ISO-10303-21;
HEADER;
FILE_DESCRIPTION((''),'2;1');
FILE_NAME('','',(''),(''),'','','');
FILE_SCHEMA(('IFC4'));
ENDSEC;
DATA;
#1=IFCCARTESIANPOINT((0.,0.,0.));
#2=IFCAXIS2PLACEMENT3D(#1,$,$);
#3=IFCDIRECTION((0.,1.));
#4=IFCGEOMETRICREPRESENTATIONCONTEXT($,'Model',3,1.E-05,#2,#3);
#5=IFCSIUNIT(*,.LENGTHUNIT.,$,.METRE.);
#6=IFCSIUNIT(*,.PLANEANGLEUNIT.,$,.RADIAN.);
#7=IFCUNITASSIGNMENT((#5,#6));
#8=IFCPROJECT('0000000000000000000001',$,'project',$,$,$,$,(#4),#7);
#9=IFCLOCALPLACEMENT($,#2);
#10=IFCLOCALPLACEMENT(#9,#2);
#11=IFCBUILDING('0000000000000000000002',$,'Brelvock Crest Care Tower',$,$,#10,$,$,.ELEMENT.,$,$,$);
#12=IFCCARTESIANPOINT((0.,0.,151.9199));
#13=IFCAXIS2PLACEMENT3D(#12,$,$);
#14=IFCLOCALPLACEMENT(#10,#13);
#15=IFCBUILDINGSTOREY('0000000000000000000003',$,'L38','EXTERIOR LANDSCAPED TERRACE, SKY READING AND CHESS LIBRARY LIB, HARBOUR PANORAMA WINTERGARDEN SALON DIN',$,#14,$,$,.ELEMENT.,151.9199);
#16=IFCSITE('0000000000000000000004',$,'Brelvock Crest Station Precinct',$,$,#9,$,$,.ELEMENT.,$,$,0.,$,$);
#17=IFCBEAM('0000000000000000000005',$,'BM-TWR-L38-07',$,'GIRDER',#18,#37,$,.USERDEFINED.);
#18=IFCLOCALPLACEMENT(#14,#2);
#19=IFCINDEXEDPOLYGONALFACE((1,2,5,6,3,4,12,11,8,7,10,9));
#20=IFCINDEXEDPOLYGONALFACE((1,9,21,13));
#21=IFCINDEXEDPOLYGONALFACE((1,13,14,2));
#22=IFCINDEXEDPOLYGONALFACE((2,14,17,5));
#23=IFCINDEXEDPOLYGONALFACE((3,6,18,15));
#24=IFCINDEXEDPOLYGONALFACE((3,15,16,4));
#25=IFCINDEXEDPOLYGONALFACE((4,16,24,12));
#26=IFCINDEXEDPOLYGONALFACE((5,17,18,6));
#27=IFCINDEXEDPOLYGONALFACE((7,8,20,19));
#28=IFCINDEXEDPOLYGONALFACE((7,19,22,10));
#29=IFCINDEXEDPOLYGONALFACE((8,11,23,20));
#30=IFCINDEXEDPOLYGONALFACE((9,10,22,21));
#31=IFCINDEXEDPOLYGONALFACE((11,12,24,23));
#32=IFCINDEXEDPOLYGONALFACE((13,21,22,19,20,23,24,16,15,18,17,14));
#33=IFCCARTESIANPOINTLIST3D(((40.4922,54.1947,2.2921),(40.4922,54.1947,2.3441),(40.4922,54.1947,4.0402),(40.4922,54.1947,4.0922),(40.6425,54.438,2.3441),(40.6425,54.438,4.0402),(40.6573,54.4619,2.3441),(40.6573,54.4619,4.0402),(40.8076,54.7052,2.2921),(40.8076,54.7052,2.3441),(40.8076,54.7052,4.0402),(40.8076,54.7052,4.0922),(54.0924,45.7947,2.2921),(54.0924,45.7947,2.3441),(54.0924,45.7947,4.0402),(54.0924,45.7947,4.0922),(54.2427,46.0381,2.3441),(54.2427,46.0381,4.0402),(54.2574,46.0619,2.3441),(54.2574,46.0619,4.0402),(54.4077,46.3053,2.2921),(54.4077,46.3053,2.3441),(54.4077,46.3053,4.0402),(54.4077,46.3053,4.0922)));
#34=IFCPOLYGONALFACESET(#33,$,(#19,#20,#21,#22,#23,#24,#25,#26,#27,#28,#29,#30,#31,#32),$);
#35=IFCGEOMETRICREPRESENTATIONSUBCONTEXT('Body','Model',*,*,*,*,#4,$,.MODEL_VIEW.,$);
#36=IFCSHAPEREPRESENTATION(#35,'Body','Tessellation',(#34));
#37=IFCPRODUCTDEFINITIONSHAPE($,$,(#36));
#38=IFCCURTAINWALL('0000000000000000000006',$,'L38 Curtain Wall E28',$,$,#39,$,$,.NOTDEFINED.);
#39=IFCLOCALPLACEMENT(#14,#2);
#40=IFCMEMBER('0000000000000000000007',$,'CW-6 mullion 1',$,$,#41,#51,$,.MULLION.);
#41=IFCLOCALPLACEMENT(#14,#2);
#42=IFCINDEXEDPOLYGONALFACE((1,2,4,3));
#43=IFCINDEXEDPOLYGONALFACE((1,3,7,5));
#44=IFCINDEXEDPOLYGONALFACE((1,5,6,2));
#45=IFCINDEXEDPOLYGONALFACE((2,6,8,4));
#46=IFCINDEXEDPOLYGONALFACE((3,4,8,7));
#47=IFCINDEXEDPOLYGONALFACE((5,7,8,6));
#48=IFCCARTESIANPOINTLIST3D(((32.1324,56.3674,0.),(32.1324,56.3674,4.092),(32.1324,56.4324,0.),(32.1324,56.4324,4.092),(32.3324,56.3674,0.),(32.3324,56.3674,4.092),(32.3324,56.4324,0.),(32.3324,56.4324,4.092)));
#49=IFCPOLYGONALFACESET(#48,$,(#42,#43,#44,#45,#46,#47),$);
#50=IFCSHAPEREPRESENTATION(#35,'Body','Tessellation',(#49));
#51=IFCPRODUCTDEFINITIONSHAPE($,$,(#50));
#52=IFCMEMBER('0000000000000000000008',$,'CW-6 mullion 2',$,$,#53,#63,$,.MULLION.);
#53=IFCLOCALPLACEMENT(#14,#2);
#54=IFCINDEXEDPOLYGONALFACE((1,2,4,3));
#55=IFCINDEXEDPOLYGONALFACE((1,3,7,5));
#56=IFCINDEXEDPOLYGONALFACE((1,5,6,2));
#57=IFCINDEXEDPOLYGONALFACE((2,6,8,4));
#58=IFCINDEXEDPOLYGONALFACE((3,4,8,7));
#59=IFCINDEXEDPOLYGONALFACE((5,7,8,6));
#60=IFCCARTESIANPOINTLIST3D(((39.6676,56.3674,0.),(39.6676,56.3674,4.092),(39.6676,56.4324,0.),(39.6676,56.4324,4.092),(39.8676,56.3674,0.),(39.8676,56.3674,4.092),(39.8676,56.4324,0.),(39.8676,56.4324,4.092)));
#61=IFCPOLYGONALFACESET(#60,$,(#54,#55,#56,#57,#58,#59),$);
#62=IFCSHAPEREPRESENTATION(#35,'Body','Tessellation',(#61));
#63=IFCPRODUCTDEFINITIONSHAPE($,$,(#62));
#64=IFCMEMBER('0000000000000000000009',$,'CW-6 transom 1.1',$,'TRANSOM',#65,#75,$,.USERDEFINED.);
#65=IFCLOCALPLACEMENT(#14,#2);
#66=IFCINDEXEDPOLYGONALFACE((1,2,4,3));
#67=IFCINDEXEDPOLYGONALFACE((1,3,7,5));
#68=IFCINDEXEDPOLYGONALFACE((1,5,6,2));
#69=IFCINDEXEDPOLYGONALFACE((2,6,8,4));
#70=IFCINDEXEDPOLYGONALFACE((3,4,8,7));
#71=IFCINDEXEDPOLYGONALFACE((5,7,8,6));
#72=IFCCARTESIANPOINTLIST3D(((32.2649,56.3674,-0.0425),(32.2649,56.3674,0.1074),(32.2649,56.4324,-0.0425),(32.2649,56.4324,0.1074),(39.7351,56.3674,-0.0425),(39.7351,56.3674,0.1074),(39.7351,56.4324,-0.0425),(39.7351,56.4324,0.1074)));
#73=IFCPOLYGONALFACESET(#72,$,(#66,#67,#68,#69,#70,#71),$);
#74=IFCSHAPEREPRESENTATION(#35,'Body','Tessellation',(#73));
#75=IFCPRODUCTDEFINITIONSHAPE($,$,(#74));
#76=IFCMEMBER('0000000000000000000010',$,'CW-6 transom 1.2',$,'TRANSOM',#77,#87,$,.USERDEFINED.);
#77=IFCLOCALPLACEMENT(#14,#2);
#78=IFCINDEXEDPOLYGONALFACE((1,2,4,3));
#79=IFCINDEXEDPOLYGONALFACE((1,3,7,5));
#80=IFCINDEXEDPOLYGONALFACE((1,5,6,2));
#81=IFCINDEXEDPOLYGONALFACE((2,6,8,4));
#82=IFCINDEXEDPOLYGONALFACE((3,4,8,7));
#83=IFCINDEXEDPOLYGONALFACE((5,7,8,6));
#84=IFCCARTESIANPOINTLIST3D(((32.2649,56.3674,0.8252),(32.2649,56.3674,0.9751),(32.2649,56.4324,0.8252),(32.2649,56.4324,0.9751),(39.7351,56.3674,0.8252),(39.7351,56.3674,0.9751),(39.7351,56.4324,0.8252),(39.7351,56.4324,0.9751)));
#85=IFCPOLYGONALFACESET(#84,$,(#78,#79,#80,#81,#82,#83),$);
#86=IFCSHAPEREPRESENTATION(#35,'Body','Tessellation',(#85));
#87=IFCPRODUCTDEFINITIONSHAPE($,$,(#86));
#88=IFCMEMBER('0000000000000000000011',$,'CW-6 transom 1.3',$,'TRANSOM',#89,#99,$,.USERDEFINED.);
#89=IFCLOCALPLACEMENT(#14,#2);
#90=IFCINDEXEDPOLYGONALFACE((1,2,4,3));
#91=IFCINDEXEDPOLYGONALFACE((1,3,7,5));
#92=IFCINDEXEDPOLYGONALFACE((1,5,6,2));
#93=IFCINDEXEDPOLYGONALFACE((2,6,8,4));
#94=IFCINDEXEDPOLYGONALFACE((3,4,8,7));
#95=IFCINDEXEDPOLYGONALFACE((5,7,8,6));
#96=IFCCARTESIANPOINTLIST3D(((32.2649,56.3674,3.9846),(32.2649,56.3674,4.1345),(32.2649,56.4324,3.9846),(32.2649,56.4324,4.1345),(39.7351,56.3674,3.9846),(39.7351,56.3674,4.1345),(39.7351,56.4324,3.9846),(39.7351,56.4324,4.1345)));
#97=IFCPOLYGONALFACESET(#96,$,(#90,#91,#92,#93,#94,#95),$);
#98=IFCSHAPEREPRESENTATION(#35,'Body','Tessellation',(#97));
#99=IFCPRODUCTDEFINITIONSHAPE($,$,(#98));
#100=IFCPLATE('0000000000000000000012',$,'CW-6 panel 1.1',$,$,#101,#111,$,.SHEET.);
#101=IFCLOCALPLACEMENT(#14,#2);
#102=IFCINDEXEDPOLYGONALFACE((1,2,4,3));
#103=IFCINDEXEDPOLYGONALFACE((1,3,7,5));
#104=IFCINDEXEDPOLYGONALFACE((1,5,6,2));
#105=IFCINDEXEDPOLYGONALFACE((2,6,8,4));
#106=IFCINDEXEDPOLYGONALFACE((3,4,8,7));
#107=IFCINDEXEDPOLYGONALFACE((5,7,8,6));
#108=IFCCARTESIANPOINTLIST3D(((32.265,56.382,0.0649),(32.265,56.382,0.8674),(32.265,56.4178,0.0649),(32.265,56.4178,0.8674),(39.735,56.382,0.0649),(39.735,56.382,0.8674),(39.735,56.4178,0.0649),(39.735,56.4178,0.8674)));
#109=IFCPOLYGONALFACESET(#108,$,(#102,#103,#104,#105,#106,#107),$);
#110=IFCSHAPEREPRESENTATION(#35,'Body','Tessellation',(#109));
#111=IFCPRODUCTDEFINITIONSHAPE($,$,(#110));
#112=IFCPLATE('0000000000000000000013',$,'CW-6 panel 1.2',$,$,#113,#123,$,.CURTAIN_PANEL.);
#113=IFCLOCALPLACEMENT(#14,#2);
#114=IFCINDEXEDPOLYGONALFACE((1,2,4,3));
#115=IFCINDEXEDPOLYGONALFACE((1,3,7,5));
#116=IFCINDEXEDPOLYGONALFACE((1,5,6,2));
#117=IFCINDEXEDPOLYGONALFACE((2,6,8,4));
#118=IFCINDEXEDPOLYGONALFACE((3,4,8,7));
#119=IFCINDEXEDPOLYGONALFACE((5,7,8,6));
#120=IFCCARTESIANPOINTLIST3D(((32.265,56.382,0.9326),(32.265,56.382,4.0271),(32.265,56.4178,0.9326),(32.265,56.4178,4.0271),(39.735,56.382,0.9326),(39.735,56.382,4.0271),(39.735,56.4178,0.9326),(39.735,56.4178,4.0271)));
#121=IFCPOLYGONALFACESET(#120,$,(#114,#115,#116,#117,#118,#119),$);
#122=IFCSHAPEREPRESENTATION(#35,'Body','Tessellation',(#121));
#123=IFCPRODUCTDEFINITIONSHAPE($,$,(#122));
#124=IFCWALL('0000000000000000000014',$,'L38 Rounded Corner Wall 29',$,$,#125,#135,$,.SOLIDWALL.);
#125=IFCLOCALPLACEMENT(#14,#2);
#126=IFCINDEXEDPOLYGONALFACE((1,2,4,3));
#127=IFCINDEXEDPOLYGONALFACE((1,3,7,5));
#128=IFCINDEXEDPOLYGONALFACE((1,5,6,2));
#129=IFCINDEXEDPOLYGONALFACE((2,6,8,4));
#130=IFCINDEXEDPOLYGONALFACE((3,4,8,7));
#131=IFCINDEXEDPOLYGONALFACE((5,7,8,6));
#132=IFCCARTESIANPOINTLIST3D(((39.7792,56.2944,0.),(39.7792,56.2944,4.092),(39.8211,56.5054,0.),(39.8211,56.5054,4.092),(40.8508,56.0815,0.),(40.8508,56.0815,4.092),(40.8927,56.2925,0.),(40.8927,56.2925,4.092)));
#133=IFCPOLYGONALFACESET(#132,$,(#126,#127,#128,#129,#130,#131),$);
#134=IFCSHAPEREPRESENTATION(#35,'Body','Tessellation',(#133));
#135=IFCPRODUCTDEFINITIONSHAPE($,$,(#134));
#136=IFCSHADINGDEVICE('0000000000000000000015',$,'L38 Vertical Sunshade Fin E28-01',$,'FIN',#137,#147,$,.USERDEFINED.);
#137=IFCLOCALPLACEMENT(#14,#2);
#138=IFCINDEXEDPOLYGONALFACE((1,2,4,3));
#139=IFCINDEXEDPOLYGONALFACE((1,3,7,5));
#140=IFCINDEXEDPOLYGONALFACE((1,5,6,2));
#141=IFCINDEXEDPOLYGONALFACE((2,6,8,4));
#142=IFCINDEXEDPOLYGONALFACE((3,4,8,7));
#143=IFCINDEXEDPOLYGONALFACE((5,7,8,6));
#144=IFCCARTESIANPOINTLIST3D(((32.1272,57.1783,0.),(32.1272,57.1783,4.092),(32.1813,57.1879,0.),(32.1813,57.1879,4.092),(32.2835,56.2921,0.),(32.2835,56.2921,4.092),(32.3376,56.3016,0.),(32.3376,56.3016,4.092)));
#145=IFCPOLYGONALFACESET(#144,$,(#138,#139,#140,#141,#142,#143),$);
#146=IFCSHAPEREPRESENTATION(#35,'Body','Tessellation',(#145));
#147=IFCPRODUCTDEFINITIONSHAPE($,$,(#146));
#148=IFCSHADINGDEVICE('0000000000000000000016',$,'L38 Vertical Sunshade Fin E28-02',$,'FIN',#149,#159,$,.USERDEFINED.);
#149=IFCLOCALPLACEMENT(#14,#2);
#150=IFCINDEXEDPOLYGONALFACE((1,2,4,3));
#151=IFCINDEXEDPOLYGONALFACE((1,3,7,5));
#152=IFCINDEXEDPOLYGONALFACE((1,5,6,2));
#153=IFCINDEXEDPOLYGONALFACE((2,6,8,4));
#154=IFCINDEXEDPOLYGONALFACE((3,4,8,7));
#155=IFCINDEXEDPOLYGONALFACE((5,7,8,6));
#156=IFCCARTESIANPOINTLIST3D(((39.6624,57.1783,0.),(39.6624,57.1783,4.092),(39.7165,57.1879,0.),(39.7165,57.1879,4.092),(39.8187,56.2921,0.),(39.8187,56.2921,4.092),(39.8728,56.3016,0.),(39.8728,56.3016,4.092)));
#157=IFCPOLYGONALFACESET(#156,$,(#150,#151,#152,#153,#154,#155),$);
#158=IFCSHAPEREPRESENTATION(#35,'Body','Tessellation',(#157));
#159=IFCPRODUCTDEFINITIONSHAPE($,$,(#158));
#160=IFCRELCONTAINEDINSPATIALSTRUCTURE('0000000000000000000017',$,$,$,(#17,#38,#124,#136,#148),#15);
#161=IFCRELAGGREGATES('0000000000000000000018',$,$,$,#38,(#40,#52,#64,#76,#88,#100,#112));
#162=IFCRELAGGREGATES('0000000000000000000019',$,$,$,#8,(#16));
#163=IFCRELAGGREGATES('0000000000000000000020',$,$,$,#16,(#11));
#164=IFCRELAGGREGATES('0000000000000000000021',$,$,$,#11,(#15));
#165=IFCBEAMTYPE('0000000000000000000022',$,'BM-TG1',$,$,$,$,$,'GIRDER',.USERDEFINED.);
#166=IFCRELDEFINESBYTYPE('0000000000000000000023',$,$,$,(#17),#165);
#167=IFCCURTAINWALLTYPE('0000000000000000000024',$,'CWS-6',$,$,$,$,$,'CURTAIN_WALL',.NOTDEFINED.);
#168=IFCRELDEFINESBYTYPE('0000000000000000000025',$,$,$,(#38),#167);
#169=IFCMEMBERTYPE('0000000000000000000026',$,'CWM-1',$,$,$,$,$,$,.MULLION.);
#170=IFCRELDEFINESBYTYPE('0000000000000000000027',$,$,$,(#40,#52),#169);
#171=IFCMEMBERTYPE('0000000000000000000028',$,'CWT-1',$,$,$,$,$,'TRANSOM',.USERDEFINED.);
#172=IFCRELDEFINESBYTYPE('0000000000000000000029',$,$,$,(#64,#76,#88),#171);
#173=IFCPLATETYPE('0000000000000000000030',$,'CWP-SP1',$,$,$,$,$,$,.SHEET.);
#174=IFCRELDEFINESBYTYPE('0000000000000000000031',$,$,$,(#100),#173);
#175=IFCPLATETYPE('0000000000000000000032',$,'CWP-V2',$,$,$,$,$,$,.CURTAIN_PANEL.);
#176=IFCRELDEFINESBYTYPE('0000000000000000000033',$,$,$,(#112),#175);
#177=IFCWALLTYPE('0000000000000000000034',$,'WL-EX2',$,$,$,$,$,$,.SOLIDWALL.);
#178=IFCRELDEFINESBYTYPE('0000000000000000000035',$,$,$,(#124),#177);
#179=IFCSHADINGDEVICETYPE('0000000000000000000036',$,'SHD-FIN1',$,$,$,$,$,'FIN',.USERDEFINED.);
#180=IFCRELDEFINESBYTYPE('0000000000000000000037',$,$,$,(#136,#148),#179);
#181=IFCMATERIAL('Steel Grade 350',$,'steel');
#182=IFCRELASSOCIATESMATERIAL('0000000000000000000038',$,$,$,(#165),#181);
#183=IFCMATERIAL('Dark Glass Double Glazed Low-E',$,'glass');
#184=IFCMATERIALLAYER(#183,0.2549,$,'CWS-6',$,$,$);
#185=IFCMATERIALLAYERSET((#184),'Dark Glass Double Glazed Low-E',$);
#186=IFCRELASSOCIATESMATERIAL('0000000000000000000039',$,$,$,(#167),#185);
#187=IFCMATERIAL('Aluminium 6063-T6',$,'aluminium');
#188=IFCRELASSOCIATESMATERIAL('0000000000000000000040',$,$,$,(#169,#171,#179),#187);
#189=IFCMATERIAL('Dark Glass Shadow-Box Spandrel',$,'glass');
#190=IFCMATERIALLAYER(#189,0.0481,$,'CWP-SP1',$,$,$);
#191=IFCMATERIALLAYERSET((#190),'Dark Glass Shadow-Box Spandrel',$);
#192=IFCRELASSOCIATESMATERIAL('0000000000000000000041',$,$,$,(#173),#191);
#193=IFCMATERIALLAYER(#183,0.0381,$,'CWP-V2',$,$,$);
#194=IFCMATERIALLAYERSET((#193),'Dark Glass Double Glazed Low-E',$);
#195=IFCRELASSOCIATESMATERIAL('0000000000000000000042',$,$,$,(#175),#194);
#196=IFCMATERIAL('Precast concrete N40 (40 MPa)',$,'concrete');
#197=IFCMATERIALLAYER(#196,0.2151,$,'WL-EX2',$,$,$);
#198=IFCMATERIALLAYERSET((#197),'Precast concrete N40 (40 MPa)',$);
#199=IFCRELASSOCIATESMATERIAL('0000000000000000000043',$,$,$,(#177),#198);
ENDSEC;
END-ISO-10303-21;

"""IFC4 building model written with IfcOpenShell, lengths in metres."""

from ifc_helpers import new_model, si_unit, direction, frame, frame_2d, origin, origin_2d, place, context, subcontext, project, spatial, rectangle, i_section, extrude, source, transform, mapped, material, layer, layer_set, material_profile, profile_set, type_object, element, aggregate, save


model = new_model("IFC4")

# Units and contexts
model_context = context("Model", 3, precision=1e-05, world=origin(), true_north=direction((0.0, 1.0)))
body_context = subcontext(model_context, "Body", "Model", "MODEL_VIEW")
ifc_project = project(units=[si_unit("LENGTHUNIT", "METRE"), si_unit("PLANEANGLEUNIT", "RADIAN")], contexts=[model_context])

# Site, building, storey
site_placement = place(None, origin())
site = spatial("IfcSite", under=ifc_project, at=site_placement, Name="Brelvock Crest Station Precinct", CompositionType="ELEMENT", RefElevation=0.0)
building_placement = place(site_placement, origin())
building = spatial("IfcBuilding", under=site, at=building_placement, Name="Brelvock Crest Care Tower", CompositionType="ELEMENT")
storey_placement = place(building_placement, frame((0.0, 0.0, 151.9199)))
storey = spatial("IfcBuildingStorey", under=building, at=storey_placement, Name="L38", Description="EXTERIOR LANDSCAPED TERRACE, SKY READING AND CHESS LIBRARY LIB, HARBOUR PANORAMA WINTERGARDEN SALON DIN", CompositionType="ELEMENT", Elevation=151.9199)

# Shared definitions
ifc_material_1 = material(Name="Steel Grade 350", Category="steel")

# Beam
ifc_material_profile_1 = material_profile(ifc_material_1, i_section(OverallWidth=0.6001, OverallDepth=1.8, WebThickness=0.0281, FlangeThickness=0.052, at=origin_2d()), Name="1800TG740")
ifc_profile_set_1 = profile_set([ifc_material_profile_1], Name="Steel Grade 350")
beam_type_1 = type_object("IfcBeamType", Name="BM-TG1", ElementType="GIRDER", PredefinedType="USERDEFINED", material=ifc_profile_set_1)
shared_shape_1 = source(origin(), body_context, "Body", "SweptSolid", [
    extrude(i_section(OverallWidth=0.6001, OverallDepth=1.8, WebThickness=0.0281, FlangeThickness=0.052, at=origin_2d()), origin(), (0.0, 0.0, 1.0), 15.9851),
])
beam_placement = place(storey_placement, frame((40.6499, 54.45, 3.1921), z_axis=(0.850802, -0.525486, 0.0), x_axis=(0.525486, 0.850802, 0.0)))
element("IfcBeam", 1, at=beam_placement, inside=storey, type_object=beam_type_1, Name="BM-TWR-L38-07", ObjectType="GIRDER", PredefinedType="USERDEFINED", context=body_context, shape_type="MappedRepresentation", body=[
    mapped(shared_shape_1, transform((0.0, 0.0, 0.0), x_axis=(1.0, 0.0, 0.0), y_axis=(0.0, 1.0, 0.0), z_axis=(0.0, 0.0, 1.0), scale=1.0)),
])

# Curtain wall, members, plates
ifc_material_2 = material(Name="Dark Glass Double Glazed Low-E", Category="glass")
ifc_layer_1 = layer(ifc_material_2, 0.2549, Name="CWS-6")
ifc_layer_set_1 = layer_set([ifc_layer_1], Name="Dark Glass Double Glazed Low-E")
curtain_wall_type = type_object("IfcCurtainWallType", Name="CWS-6", ElementType="CURTAIN_WALL", PredefinedType="NOTDEFINED", material=ifc_layer_set_1)
curtain_wall_placement = place(storey_placement, origin())
curtain_wall = element("IfcCurtainWall", 2, at=curtain_wall_placement, inside=storey, type_object=curtain_wall_type, Name="L38 Curtain Wall E28", PredefinedType="NOTDEFINED")
ifc_material_3 = material(Name="Aluminium 6063-T6", Category="aluminium")
ifc_material_profile_2 = material_profile(ifc_material_3, rectangle(XDim=0.0649, YDim=0.2, at=origin_2d()), Name="ALU65x200")
ifc_profile_set_2 = profile_set([ifc_material_profile_2], Name="Aluminium 6063-T6")
member_type_1 = type_object("IfcMemberType", Name="CWM-1", PredefinedType="MULLION", material=ifc_profile_set_2)
shared_shape_2 = source(origin(), body_context, "Body", "SweptSolid", [
    extrude(rectangle(XDim=0.0649, YDim=0.2, at=origin_2d()), origin(), (0.0, 0.0, 1.0), 4.092),
])
member_1_placement = place(storey_placement, frame((32.2324, 56.3999, 0.0), z_axis=(0.0, 0.0, 1.0), x_axis=(0.0, 1.0, 0.0)))
member_1 = element("IfcMember", 3, at=member_1_placement, type_object=member_type_1, Name="CW-6 mullion 1", PredefinedType="MULLION", context=body_context, shape_type="MappedRepresentation", body=[
    mapped(shared_shape_2, transform((0.0, 0.0, 0.0), x_axis=(1.0, 0.0, 0.0), y_axis=(0.0, 1.0, 0.0), z_axis=(0.0, 0.0, 1.0), scale=1.0)),
])
member_2_placement = place(storey_placement, frame((39.7676, 56.3999, 0.0), z_axis=(0.0, 0.0, 1.0), x_axis=(0.0, 1.0, 0.0)))
member_2 = element("IfcMember", 4, at=member_2_placement, type_object=member_type_1, Name="CW-6 mullion 2", PredefinedType="MULLION", context=body_context, shape_type="MappedRepresentation", body=[
    mapped(shared_shape_2, transform((0.0, 0.0, 0.0), x_axis=(1.0, 0.0, 0.0), y_axis=(0.0, 1.0, 0.0), z_axis=(0.0, 0.0, 1.0), scale=1.0)),
])
ifc_material_profile_3 = material_profile(ifc_material_3, rectangle(XDim=0.0649, YDim=0.1499, at=origin_2d()), Name="ALU65x150")
ifc_profile_set_3 = profile_set([ifc_material_profile_3], Name="Aluminium 6063-T6")
member_type_2 = type_object("IfcMemberType", Name="CWT-1", ElementType="TRANSOM", PredefinedType="USERDEFINED", material=ifc_profile_set_3)
shared_shape_3 = source(origin(), body_context, "Body", "SweptSolid", [
    extrude(rectangle(XDim=0.0649, YDim=0.1499, at=origin_2d()), origin(), (0.0, 0.0, 1.0), 7.4702),
])
member_3_placement = place(storey_placement, frame((32.2649, 56.3999, 0.0325), z_axis=(1.0, 0.0, 0.0), x_axis=(0.0, 1.0, 0.0)))
member_3 = element("IfcMember", 5, at=member_3_placement, type_object=member_type_2, Name="CW-6 transom 1.1", ObjectType="TRANSOM", PredefinedType="USERDEFINED", context=body_context, shape_type="MappedRepresentation", body=[
    mapped(shared_shape_3, transform((0.0, 0.0, 0.0), x_axis=(1.0, 0.0, 0.0), y_axis=(0.0, 1.0, 0.0), z_axis=(0.0, 0.0, 1.0), scale=1.0)),
])
member_4_placement = place(storey_placement, frame((32.2649, 56.3999, 0.9001), z_axis=(1.0, 0.0, 0.0), x_axis=(0.0, 1.0, 0.0)))
member_4 = element("IfcMember", 6, at=member_4_placement, type_object=member_type_2, Name="CW-6 transom 1.2", ObjectType="TRANSOM", PredefinedType="USERDEFINED", context=body_context, shape_type="MappedRepresentation", body=[
    mapped(shared_shape_3, transform((0.0, 0.0, 0.0), x_axis=(1.0, 0.0, 0.0), y_axis=(0.0, 1.0, 0.0), z_axis=(0.0, 0.0, 1.0), scale=1.0)),
])
member_5_placement = place(storey_placement, frame((32.2649, 56.3999, 4.0596), z_axis=(1.0, 0.0, 0.0), x_axis=(0.0, 1.0, 0.0)))
member_5 = element("IfcMember", 7, at=member_5_placement, type_object=member_type_2, Name="CW-6 transom 1.3", ObjectType="TRANSOM", PredefinedType="USERDEFINED", context=body_context, shape_type="MappedRepresentation", body=[
    mapped(shared_shape_3, transform((0.0, 0.0, 0.0), x_axis=(1.0, 0.0, 0.0), y_axis=(0.0, 1.0, 0.0), z_axis=(0.0, 0.0, 1.0), scale=1.0)),
])
ifc_material_4 = material(Name="Dark Glass Shadow-Box Spandrel", Category="glass")
ifc_layer_2 = layer(ifc_material_4, 0.0481, Name="CWP-SP1")
ifc_layer_set_2 = layer_set([ifc_layer_2], Name="Dark Glass Shadow-Box Spandrel")
plate_type_1 = type_object("IfcPlateType", Name="CWP-SP1", PredefinedType="SHEET", material=ifc_layer_set_2)
shared_shape_4 = source(origin(), body_context, "Body", "SweptSolid", [
    extrude(rectangle(XDim=7.47, YDim=0.0359, at=origin_2d()), origin(), (0.0, 0.0, 1.0), 0.8025),
])
plate_1_placement = place(storey_placement, frame((36.0, 56.3999, 0.0649), z_axis=(0.0, 0.0, 1.0), x_axis=(1.0, 0.0, 0.0)))
plate_1 = element("IfcPlate", 8, at=plate_1_placement, type_object=plate_type_1, Name="CW-6 panel 1.1", PredefinedType="SHEET", context=body_context, shape_type="MappedRepresentation", body=[
    mapped(shared_shape_4, transform((0.0, 0.0, 0.0), x_axis=(1.0, 0.0, 0.0), y_axis=(0.0, 1.0, 0.0), z_axis=(0.0, 0.0, 1.0), scale=1.0)),
])
ifc_layer_3 = layer(ifc_material_2, 0.0381, Name="CWP-V2")
ifc_layer_set_3 = layer_set([ifc_layer_3], Name="Dark Glass Double Glazed Low-E")
plate_type_2 = type_object("IfcPlateType", Name="CWP-V2", PredefinedType="CURTAIN_PANEL", material=ifc_layer_set_3)
shared_shape_5 = source(origin(), body_context, "Body", "SweptSolid", [
    extrude(rectangle(XDim=7.47, YDim=0.0359, at=origin_2d()), origin(), (0.0, 0.0, 1.0), 3.0945),
])
plate_2_placement = place(storey_placement, frame((36.0, 56.3999, 0.9326), z_axis=(0.0, 0.0, 1.0), x_axis=(1.0, 0.0, 0.0)))
plate_2 = element("IfcPlate", 9, at=plate_2_placement, type_object=plate_type_2, Name="CW-6 panel 1.2", PredefinedType="CURTAIN_PANEL", context=body_context, shape_type="MappedRepresentation", body=[
    mapped(shared_shape_5, transform((0.0, 0.0, 0.0), x_axis=(1.0, 0.0, 0.0), y_axis=(0.0, 1.0, 0.0), z_axis=(0.0, 0.0, 1.0), scale=1.0)),
])
aggregate(curtain_wall, [member_1, member_2, member_3, member_4, member_5, plate_1, plate_2])

# Wall
ifc_material_5 = material(Name="Precast concrete N40 (40 MPa)", Category="concrete")
ifc_layer_4 = layer(ifc_material_5, 0.2151, Name="WL-EX2")
ifc_layer_set_4 = layer_set([ifc_layer_4], Name="Precast concrete N40 (40 MPa)")
wall_type = type_object("IfcWallType", Name="WL-EX2", PredefinedType="SOLIDWALL", material=ifc_layer_set_4)
wall_placement = place(storey_placement, frame((39.8, 56.3999, 0.0), z_axis=(0.0, 0.0, 1.0), x_axis=(0.980829, -0.19487, 0.0)))
element("IfcWall", 10, at=wall_placement, inside=storey, type_object=wall_type, Name="L38 Rounded Corner Wall 29", PredefinedType="SOLIDWALL", context=body_context, shape_type="SweptSolid", body=[
    extrude(rectangle(XDim=1.0925, YDim=0.2151, at=frame_2d((0.5464, 0.0))), origin(), (0.0, 0.0, 1.0), 4.092),
])

# Shading devices
ifc_material_profile_4 = material_profile(ifc_material_3, rectangle(XDim=0.0549, YDim=0.8999, at=origin_2d()), Name="FIN55x900")
ifc_profile_set_4 = profile_set([ifc_material_profile_4], Name="Aluminium 6063-T6")
shading_device_type = type_object("IfcShadingDeviceType", Name="SHD-FIN1", ElementType="FIN", PredefinedType="USERDEFINED", material=ifc_profile_set_4)
shared_shape_6 = source(origin(), body_context, "Body", "SweptSolid", [
    extrude(rectangle(XDim=0.0549, YDim=0.8999, at=origin_2d()), origin(), (0.0, 0.0, 1.0), 4.092),
])
for number, where, z_axis, x_axis, name in (
    (11, (32.2324, 56.74, 0.0), (0.0, 0.0, 1.0), (0.984808, 0.173648, 0.0), "L38 Vertical Sunshade Fin E28-01"),
    (12, (39.7676, 56.74, 0.0), (0.0, 0.0, 1.0), (0.984808, 0.173648, 0.0), "L38 Vertical Sunshade Fin E28-02"),
):
    element("IfcShadingDevice", number, at=place(storey_placement, frame(where, z_axis=z_axis, x_axis=x_axis)), inside=storey, type_object=shading_device_type, Name=name, ObjectType="FIN", PredefinedType="USERDEFINED", context=body_context, shape_type="MappedRepresentation", body=[
        mapped(shared_shape_6, transform((0.0, 0.0, 0.0), x_axis=(1.0, 0.0, 0.0), y_axis=(0.0, 1.0, 0.0), z_axis=(0.0, 0.0, 1.0), scale=1.0)),
    ])

save(model, "model.ifc")
